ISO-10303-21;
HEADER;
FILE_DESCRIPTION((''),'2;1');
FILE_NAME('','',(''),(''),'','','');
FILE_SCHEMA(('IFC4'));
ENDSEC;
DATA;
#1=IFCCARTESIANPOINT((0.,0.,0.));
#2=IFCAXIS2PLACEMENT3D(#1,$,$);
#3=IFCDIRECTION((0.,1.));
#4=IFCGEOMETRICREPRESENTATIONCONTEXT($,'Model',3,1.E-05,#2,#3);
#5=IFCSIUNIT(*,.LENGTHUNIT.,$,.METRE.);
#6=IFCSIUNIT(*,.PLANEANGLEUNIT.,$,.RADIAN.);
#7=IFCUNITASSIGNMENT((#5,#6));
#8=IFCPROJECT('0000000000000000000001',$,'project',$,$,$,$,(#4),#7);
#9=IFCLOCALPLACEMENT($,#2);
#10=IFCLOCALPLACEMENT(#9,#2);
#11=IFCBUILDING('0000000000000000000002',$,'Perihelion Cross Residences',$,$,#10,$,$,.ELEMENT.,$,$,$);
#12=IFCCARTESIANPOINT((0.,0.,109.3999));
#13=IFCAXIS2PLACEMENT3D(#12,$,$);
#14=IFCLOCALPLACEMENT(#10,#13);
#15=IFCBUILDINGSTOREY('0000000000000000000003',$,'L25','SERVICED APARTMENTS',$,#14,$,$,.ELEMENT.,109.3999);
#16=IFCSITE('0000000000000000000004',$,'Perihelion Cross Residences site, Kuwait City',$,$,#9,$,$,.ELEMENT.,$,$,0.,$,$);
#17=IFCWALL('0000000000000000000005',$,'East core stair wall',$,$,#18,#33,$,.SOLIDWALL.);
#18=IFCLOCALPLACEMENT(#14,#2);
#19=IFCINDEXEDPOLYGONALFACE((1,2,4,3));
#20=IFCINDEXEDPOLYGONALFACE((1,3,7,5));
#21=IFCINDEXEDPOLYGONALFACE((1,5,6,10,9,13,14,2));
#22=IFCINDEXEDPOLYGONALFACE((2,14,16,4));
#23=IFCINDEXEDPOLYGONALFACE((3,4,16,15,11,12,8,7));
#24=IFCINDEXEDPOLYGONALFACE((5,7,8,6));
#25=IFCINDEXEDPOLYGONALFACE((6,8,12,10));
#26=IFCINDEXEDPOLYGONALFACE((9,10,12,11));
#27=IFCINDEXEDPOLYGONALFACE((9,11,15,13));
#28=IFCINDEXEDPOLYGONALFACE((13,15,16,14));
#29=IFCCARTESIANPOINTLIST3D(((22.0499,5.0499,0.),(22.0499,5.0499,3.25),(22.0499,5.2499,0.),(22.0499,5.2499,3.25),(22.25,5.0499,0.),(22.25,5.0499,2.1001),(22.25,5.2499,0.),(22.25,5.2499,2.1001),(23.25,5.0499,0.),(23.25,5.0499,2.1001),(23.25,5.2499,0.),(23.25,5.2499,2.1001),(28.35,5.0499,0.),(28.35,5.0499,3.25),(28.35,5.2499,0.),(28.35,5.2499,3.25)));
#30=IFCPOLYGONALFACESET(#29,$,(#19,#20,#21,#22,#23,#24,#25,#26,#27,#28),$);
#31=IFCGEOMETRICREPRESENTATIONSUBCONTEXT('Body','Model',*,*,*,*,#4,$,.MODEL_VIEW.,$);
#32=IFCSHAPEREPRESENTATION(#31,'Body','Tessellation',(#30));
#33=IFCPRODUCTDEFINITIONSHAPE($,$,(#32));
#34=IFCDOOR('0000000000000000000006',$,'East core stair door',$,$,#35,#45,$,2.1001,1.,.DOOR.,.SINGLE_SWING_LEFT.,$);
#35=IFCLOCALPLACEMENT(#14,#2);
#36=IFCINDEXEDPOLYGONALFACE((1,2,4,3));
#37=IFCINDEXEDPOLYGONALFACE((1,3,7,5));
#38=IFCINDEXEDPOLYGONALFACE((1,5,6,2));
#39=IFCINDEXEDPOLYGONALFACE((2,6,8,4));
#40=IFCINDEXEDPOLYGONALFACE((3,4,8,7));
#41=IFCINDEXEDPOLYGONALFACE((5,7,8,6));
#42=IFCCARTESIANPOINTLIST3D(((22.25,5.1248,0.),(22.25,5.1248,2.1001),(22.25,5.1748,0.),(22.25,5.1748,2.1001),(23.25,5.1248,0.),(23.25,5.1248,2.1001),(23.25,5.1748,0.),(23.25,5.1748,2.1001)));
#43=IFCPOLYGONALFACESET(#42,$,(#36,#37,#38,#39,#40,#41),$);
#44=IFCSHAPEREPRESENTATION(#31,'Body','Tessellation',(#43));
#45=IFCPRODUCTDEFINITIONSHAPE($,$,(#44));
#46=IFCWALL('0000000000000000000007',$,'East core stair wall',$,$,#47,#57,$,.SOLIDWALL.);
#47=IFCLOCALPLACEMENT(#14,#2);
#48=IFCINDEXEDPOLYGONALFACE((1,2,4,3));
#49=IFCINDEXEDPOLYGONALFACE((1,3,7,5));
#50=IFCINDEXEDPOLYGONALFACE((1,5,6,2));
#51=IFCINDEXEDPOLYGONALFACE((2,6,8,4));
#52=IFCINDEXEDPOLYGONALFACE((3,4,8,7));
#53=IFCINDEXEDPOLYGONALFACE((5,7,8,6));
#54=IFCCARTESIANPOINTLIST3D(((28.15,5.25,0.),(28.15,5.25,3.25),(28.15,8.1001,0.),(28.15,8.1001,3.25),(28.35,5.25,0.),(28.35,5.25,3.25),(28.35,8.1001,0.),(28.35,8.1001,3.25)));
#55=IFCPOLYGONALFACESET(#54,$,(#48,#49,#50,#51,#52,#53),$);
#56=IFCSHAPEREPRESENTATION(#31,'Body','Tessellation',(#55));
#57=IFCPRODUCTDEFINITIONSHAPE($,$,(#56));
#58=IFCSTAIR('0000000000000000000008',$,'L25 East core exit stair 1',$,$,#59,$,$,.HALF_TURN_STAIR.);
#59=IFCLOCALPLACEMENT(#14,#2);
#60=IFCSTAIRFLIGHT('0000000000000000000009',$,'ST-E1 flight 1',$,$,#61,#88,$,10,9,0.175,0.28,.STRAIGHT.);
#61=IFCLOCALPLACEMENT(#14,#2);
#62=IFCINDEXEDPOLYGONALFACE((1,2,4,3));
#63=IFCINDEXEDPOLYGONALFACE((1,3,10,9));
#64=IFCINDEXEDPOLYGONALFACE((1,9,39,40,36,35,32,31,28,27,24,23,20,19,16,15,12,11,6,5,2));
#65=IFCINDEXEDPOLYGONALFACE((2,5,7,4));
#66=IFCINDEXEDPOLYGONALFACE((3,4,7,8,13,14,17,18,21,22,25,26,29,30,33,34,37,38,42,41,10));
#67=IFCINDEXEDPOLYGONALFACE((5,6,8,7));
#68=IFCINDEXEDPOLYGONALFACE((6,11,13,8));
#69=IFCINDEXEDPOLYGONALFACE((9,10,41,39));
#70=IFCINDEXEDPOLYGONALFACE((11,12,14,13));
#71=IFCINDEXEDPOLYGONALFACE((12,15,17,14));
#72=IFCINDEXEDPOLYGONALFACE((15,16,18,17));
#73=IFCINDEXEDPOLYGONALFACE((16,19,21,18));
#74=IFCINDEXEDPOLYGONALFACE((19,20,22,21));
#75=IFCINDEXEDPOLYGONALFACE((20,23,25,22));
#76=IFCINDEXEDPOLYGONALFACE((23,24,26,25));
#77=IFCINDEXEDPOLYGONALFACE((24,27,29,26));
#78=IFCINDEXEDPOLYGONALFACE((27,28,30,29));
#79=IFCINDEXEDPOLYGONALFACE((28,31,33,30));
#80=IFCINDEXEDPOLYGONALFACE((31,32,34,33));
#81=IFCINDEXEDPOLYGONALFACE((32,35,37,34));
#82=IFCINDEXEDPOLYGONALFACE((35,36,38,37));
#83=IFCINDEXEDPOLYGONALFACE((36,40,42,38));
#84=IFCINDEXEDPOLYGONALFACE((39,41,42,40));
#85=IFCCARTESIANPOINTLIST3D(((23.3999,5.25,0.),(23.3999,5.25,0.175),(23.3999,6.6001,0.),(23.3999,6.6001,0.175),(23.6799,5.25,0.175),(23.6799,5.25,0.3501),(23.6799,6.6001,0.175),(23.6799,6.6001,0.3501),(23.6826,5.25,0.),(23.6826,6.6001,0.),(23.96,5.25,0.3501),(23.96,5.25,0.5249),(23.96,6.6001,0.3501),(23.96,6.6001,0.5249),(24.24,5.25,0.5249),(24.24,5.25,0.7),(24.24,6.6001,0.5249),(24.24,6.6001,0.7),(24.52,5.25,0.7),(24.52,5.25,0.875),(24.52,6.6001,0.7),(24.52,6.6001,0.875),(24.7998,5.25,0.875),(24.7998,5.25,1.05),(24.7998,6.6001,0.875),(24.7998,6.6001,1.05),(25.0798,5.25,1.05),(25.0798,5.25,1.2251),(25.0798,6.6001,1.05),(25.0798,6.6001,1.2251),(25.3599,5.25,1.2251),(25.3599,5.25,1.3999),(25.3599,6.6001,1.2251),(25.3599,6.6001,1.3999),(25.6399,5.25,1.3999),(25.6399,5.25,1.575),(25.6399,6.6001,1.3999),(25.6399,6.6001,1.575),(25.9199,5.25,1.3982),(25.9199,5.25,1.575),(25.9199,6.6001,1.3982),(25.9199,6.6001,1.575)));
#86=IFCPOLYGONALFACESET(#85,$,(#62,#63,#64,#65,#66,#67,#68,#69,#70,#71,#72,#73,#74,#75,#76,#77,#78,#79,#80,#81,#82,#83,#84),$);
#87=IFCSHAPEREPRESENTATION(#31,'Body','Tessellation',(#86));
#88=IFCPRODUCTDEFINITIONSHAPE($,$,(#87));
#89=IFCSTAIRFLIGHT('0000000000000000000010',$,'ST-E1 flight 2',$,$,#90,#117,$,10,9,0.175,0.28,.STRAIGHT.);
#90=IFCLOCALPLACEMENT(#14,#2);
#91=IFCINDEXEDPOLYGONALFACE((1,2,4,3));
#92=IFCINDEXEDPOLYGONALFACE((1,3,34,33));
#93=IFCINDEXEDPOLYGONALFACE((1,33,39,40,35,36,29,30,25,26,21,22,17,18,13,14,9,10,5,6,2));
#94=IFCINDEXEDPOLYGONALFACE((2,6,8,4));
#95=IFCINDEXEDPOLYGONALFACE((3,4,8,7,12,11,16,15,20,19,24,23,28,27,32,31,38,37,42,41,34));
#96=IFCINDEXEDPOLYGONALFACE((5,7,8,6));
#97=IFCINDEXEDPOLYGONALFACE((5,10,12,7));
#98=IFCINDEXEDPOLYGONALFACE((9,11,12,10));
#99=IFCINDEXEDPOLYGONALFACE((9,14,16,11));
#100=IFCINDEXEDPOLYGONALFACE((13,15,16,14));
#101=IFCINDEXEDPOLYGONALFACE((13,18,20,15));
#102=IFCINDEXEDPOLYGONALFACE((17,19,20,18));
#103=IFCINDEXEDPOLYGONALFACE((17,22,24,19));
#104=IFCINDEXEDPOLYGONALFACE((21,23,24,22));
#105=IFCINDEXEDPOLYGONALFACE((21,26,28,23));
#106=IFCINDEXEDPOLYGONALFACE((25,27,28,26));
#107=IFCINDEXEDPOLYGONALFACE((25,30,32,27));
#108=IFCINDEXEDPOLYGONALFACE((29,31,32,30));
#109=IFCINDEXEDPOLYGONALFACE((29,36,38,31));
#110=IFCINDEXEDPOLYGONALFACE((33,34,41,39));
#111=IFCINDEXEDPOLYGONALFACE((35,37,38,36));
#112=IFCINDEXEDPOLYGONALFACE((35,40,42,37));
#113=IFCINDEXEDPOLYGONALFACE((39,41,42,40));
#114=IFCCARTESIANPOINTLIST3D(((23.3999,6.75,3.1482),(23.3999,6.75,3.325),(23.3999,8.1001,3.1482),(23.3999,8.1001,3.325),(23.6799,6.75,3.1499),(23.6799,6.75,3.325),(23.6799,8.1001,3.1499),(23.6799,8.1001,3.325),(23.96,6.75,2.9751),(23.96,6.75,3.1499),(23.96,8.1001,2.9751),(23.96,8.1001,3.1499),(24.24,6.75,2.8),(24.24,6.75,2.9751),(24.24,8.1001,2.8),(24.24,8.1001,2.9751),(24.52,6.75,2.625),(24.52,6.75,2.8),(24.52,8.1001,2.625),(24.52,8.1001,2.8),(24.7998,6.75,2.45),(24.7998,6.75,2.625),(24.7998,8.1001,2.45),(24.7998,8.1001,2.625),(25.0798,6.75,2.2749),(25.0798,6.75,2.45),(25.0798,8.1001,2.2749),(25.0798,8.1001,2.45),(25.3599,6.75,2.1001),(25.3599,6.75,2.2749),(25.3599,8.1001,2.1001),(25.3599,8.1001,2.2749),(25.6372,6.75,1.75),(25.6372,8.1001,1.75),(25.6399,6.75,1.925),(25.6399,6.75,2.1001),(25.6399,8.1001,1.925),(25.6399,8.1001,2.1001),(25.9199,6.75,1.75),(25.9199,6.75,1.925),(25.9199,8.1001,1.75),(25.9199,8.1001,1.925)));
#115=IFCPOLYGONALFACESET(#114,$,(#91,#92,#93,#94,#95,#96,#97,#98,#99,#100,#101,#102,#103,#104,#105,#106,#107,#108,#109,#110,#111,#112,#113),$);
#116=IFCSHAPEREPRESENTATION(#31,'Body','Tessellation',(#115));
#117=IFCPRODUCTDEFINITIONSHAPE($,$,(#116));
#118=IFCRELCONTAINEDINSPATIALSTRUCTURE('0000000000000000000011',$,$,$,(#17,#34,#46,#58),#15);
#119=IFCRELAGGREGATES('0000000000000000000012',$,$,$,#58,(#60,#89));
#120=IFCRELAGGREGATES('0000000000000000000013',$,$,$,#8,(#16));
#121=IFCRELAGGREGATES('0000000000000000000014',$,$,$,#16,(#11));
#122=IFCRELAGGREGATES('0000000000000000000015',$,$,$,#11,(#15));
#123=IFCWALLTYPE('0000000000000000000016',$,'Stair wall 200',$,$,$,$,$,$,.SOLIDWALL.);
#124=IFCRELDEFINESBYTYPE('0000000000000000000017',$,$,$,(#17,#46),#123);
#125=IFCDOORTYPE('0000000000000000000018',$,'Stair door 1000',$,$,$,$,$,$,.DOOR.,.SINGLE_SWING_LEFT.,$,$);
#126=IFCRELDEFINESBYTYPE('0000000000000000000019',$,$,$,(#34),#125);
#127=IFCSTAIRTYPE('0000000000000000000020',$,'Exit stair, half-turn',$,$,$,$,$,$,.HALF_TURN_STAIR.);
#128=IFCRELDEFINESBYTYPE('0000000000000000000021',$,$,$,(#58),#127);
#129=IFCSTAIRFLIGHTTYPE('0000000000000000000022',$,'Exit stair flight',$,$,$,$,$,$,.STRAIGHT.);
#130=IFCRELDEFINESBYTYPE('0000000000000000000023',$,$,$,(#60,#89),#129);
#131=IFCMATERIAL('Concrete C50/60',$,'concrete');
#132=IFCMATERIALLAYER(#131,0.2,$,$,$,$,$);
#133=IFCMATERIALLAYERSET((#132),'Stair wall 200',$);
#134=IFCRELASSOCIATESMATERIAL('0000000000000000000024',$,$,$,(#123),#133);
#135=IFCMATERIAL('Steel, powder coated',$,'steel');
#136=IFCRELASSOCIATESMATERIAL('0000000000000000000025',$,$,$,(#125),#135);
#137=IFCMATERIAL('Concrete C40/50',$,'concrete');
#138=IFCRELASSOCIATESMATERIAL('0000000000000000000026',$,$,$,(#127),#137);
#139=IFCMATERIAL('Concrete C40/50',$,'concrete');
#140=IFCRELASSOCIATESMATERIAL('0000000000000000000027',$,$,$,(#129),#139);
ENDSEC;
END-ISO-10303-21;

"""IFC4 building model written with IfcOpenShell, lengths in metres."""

from ifc_helpers import new_model, si_unit, direction, frame, frame_2d, origin, place, context, subcontext, project, spatial, polyline, rectangle, outline, extrude, material, layer, layer_set, type_object, element, fill, aggregate, save


model = new_model("IFC4")

# Units and contexts
model_context = context("Model", 3, precision=1e-05, world=origin(), true_north=direction((0.0, 1.0)))
body_context = subcontext(model_context, "Body", "Model", "MODEL_VIEW")
ifc_project = project(units=[si_unit("LENGTHUNIT", "METRE"), si_unit("PLANEANGLEUNIT", "RADIAN")], contexts=[model_context])

# Site, building, storey
site_placement = place(None, origin())
site = spatial("IfcSite", under=ifc_project, at=site_placement, Name="Perihelion Cross Residences site, Kuwait City", CompositionType="ELEMENT", RefElevation=0.0)
building_placement = place(site_placement, origin())
building = spatial("IfcBuilding", under=site, at=building_placement, Name="Perihelion Cross Residences", CompositionType="ELEMENT")
storey_placement = place(building_placement, frame((0.0, 0.0, 109.3999)))
storey = spatial("IfcBuildingStorey", under=building, at=storey_placement, Name="L25", Description="SERVICED APARTMENTS", CompositionType="ELEMENT", Elevation=109.3999)

# Wall, opening, door
ifc_material_1 = material(Name="Concrete C50/60", Category="concrete")
ifc_layer_1 = layer(ifc_material_1, 0.2)
ifc_layer_set_1 = layer_set([ifc_layer_1], Name="Stair wall 200")
wall_type_1 = type_object("IfcWallType", Name="Stair wall 200", PredefinedType="SOLIDWALL", material=ifc_layer_set_1)
wall_1_placement = place(storey_placement, frame((22.05, 5.1499, 0.0), z_axis=(0.0, 0.0, 1.0), x_axis=(1.0, 0.0, 0.0)))
wall_1 = element("IfcWall", 1, at=wall_1_placement, inside=storey, type_object=wall_type_1, Name="East core stair wall", PredefinedType="SOLIDWALL", context=body_context, shape_type="SweptSolid", body=[
    extrude(rectangle(XDim=6.3, YDim=0.2, at=frame_2d((3.1499, 0.0))), origin(), (0.0, 0.0, 1.0), 3.25),
])
opening_1_placement = place(wall_1_placement, frame((0.2, 0.0, 0.0)))
opening_1 = element("IfcOpeningElement", 2, at=opening_1_placement, cuts=wall_1, PredefinedType="OPENING", context=body_context, shape_type="SweptSolid", body=[
    extrude(rectangle(XDim=1.0, YDim=2.1001, at=frame_2d((0.5, 1.05))), frame((0.0, 0.1099, 0.0), z_axis=(0.0, -1.0, 0.0), x_axis=(1.0, 0.0, 0.0)), (0.0, 0.0, 1.0), 0.22),
])
ifc_material_2 = material(Name="Steel, powder coated", Category="steel")
door_type_1 = type_object("IfcDoorType", Name="Stair door 1000", OperationType="SINGLE_SWING_LEFT", PredefinedType="DOOR", material=ifc_material_2)
door_1_placement = place(opening_1_placement, origin())
door_1 = element("IfcDoor", 3, at=door_1_placement, inside=storey, type_object=door_type_1, Name="East core stair door", OperationType="SINGLE_SWING_LEFT", OverallHeight=2.1001, OverallWidth=1.0, PredefinedType="DOOR", context=body_context, shape_type="SweptSolid", body=[
    extrude(rectangle(XDim=1.0, YDim=2.1001, at=frame_2d((0.5, 1.05))), frame((0.0, 0.0249, 0.0), z_axis=(0.0, -1.0, 0.0), x_axis=(1.0, 0.0, 0.0)), (0.0, 0.0, 1.0), 0.05),
])
fill(opening_1, door_1)

# Wall
wall_2_placement = place(storey_placement, frame((28.25, 5.25, 0.0), z_axis=(0.0, 0.0, 1.0), x_axis=(0.0, 1.0, 0.0)))
element("IfcWall", 4, at=wall_2_placement, inside=storey, type_object=wall_type_1, Name="East core stair wall", PredefinedType="SOLIDWALL", context=body_context, shape_type="SweptSolid", body=[
    extrude(rectangle(XDim=2.8501, YDim=0.2, at=frame_2d((1.425, 0.0))), origin(), (0.0, 0.0, 1.0), 3.25),
])

# Stair, stair flights
ifc_material_3 = material(Name="Concrete C40/50", Category="concrete")
stair_type = type_object("IfcStairType", Name="Exit stair, half-turn", PredefinedType="HALF_TURN_STAIR", material=ifc_material_3)
stair_placement = place(storey_placement, origin())
stair = element("IfcStair", 5, at=stair_placement, inside=storey, type_object=stair_type, Name="L25 East core exit stair 1", PredefinedType="HALF_TURN_STAIR")
ifc_material_4 = material(Name="Concrete C40/50", Category="concrete")
stair_flight_type = type_object("IfcStairFlightType", Name="Exit stair flight", PredefinedType="STRAIGHT", material=ifc_material_4)
stair_flight_1_placement = place(storey_placement, frame((23.3999, 5.925, 0.0), z_axis=(0.0, 0.0, 1.0), x_axis=(1.0, 0.0, 0.0)))
stair_flight_1 = element("IfcStairFlight", 6, at=stair_flight_1_placement, type_object=stair_flight_type, Name="ST-E1 flight 1", NumberOfRisers=10, NumberOfTreads=9, PredefinedType="STRAIGHT", RiserHeight=0.175, TreadLength=0.28, context=body_context, shape_type="SweptSolid", body=[
    extrude(outline(polyline([(0.0, 0.0), (0.0, 0.175), (0.28, 0.175), (0.28, 0.3501), (0.5601, 0.3501), (0.5601, 0.5249), (0.8401, 0.5249), (0.8401, 0.7), (1.1201, 0.7), (1.1201, 0.875), (1.3999, 0.875), (1.3999, 1.05), (1.6799, 1.05), (1.6799, 1.2251), (1.96, 1.2251), (1.96, 1.3999), (2.24, 1.3999), (2.24, 1.575), (2.52, 1.575), (2.52, 1.75), (2.52, 1.3982), (0.2827, 0.0), (0.0, 0.0)])), frame((0.0, 0.675, 0.0), z_axis=(0.0, -1.0, 0.0), x_axis=(1.0, 0.0, 0.0)), (0.0, 0.0, 1.0), 1.3501),
])
stair_flight_2_placement = place(storey_placement, frame((25.9199, 7.425, 1.75), z_axis=(0.0, 0.0, 1.0), x_axis=(-1.0, 0.0, 0.0)))
stair_flight_2 = element("IfcStairFlight", 7, at=stair_flight_2_placement, type_object=stair_flight_type, Name="ST-E1 flight 2", NumberOfRisers=10, NumberOfTreads=9, PredefinedType="STRAIGHT", RiserHeight=0.175, TreadLength=0.28, context=body_context, shape_type="SweptSolid", body=[
    extrude(outline(polyline([(0.0, 0.0), (0.0, 0.175), (0.28, 0.175), (0.28, 0.3501), (0.5601, 0.3501), (0.5601, 0.5249), (0.8401, 0.5249), (0.8401, 0.7), (1.1201, 0.7), (1.1201, 0.875), (1.3999, 0.875), (1.3999, 1.05), (1.6799, 1.05), (1.6799, 1.2251), (1.96, 1.2251), (1.96, 1.3999), (2.24, 1.3999), (2.24, 1.575), (2.52, 1.575), (2.52, 1.75), (2.52, 1.3982), (0.2827, 0.0), (0.0, 0.0)])), frame((0.0, 0.675, 0.0), z_axis=(0.0, -1.0, 0.0), x_axis=(1.0, 0.0, 0.0)), (0.0, 0.0, 1.0), 1.3501),
])
aggregate(stair, [stair_flight_1, stair_flight_2])

save(model, "model.ifc")
